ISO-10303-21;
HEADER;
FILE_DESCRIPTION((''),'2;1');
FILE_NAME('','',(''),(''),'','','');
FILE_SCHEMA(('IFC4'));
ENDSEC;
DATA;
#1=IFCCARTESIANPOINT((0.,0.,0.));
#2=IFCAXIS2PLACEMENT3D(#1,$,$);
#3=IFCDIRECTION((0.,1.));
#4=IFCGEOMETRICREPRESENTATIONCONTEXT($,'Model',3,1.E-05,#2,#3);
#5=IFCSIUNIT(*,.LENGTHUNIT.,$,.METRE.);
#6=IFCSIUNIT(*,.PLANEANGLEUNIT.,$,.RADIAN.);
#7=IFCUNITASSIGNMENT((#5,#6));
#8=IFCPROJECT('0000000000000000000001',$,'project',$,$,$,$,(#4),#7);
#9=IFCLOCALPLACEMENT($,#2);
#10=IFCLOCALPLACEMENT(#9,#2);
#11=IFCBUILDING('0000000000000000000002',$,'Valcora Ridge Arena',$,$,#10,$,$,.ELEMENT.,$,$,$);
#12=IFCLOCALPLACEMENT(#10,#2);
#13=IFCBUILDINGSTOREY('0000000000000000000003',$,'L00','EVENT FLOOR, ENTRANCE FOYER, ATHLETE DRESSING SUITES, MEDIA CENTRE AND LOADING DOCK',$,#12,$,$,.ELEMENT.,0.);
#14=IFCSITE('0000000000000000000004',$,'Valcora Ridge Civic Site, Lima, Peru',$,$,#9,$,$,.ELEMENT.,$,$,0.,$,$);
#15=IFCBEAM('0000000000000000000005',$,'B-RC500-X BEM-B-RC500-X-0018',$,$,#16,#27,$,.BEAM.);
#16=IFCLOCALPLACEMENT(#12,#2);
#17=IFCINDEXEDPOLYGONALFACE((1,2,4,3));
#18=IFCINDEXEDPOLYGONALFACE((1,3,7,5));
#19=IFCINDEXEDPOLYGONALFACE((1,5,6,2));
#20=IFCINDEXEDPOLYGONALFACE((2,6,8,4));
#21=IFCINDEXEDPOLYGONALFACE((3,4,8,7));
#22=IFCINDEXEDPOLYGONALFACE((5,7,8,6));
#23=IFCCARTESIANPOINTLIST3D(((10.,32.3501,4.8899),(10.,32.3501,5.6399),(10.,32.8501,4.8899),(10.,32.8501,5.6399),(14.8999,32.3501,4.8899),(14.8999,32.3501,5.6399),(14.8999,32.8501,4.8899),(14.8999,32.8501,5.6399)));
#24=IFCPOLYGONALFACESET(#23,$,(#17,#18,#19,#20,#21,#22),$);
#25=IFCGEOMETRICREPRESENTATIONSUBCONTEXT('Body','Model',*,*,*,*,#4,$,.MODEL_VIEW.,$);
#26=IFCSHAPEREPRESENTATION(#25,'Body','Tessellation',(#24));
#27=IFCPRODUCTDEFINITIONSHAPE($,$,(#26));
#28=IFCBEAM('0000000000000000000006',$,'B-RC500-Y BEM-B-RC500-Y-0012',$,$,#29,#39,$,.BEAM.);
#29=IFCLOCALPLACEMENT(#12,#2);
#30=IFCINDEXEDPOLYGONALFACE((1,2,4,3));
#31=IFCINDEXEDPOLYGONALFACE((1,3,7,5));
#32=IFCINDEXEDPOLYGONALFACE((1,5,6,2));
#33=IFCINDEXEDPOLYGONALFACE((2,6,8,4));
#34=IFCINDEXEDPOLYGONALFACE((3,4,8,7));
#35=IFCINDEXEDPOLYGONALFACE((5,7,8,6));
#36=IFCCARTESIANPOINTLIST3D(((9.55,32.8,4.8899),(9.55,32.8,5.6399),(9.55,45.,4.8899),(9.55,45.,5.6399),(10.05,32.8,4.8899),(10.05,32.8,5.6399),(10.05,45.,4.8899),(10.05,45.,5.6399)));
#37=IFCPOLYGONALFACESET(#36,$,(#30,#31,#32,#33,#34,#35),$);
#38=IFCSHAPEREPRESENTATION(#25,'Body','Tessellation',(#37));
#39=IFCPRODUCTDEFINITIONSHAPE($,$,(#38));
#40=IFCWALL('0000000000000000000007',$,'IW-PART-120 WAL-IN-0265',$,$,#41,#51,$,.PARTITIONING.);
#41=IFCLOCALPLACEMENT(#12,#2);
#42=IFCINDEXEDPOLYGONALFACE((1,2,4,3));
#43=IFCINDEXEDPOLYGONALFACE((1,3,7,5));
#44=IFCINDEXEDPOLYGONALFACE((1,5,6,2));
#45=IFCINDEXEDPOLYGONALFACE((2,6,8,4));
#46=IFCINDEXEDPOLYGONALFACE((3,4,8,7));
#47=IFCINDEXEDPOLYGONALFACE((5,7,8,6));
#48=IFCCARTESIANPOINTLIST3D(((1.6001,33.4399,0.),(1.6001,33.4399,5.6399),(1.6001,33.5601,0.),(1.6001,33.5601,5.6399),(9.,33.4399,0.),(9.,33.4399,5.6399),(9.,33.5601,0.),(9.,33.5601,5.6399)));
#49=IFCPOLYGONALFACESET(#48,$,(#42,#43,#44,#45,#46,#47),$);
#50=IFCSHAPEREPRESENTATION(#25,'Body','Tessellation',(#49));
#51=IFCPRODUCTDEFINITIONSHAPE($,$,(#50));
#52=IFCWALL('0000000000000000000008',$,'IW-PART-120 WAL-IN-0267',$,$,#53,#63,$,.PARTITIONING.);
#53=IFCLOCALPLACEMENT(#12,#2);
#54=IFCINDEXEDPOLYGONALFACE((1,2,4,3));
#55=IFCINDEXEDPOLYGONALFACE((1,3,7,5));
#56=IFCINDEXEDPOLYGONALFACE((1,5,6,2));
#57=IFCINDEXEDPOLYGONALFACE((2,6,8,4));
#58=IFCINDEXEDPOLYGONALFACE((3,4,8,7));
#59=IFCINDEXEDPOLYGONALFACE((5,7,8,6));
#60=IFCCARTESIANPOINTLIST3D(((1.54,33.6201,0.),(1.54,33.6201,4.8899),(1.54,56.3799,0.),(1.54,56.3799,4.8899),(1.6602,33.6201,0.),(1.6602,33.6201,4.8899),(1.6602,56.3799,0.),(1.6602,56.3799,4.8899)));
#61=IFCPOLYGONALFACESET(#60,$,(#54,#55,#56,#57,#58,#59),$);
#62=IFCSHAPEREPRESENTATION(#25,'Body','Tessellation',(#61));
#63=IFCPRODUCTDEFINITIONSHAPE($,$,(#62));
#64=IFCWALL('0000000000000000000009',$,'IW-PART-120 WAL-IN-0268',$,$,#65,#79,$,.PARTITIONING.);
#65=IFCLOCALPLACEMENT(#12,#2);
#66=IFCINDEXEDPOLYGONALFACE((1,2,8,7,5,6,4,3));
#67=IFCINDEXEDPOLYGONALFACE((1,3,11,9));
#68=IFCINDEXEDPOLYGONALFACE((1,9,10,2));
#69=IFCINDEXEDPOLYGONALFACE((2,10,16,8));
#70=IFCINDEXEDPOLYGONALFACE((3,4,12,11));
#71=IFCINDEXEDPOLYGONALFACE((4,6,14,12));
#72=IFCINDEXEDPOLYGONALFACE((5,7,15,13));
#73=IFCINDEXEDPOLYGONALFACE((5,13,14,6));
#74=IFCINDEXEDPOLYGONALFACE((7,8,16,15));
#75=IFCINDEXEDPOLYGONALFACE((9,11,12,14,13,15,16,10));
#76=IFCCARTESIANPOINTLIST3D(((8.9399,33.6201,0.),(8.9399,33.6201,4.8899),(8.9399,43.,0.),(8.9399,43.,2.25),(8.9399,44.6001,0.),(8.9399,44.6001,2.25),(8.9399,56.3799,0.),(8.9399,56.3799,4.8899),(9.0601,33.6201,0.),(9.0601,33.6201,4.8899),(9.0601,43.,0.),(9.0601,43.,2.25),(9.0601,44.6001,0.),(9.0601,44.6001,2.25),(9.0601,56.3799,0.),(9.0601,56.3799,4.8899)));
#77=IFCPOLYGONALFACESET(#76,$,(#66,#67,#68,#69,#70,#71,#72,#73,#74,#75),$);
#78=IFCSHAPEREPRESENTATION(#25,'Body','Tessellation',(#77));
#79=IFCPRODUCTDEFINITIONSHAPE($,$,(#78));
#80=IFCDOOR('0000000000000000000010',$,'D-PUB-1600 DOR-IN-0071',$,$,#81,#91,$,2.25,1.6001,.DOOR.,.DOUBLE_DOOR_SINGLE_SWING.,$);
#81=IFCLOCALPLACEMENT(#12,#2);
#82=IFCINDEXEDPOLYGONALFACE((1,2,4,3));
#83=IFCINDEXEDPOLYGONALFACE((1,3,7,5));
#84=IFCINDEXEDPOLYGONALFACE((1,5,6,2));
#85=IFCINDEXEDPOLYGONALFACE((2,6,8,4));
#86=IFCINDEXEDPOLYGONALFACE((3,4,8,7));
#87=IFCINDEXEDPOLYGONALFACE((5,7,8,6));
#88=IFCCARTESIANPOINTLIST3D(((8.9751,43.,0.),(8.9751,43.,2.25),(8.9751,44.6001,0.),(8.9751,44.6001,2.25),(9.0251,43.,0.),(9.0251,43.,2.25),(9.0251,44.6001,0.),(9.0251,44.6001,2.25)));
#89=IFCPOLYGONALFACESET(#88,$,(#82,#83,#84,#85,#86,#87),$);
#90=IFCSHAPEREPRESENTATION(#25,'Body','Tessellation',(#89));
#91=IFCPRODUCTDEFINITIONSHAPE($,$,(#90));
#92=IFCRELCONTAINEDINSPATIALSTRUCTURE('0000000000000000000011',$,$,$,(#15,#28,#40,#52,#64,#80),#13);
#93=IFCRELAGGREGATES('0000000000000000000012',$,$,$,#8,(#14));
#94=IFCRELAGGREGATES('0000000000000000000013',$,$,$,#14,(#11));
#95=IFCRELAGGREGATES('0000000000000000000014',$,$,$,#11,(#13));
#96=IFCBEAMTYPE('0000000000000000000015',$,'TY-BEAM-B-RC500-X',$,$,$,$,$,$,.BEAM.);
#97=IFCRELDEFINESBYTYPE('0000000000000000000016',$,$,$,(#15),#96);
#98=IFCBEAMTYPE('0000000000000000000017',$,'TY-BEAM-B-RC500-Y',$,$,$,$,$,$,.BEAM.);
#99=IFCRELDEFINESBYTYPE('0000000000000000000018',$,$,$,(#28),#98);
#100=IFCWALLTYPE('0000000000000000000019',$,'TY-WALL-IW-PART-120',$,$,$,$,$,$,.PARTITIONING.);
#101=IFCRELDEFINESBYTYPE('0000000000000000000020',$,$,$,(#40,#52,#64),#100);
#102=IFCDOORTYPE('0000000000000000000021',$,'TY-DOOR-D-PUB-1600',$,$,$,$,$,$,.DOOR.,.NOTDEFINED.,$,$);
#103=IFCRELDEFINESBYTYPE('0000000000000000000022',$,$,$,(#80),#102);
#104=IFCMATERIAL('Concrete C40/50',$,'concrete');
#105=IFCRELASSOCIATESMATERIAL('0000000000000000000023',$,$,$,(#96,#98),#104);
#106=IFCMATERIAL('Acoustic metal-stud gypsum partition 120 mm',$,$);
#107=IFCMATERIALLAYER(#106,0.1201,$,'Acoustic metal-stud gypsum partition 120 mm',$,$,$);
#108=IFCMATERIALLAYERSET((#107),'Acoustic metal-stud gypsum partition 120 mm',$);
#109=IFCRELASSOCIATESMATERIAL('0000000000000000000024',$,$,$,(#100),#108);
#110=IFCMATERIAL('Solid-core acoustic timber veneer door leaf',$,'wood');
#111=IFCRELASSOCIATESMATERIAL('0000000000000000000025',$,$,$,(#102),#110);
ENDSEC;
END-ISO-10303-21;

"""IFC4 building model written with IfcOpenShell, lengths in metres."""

from ifc_helpers import new_model, si_unit, direction, frame, frame_2d, origin, origin_2d, place, context, subcontext, project, spatial, rectangle, extrude, material, layer, layer_set, material_profile, profile_set, type_object, element, fill, save


model = new_model("IFC4")

# Units and contexts
model_context = context("Model", 3, precision=1e-05, world=origin(), true_north=direction((0.0, 1.0)))
body_context = subcontext(model_context, "Body", "Model", "MODEL_VIEW")
ifc_project = project(units=[si_unit("LENGTHUNIT", "METRE"), si_unit("PLANEANGLEUNIT", "RADIAN")], contexts=[model_context])

# Site, building, storey
site_placement = place(None, origin())
site = spatial("IfcSite", under=ifc_project, at=site_placement, Name="Valcora Ridge Civic Site, Lima, Peru", CompositionType="ELEMENT", RefElevation=0.0)
building_placement = place(site_placement, origin())
building = spatial("IfcBuilding", under=site, at=building_placement, Name="Valcora Ridge Arena", CompositionType="ELEMENT")
storey_placement = place(building_placement, origin())
storey = spatial("IfcBuildingStorey", under=building, at=storey_placement, Name="L00", Description="EVENT FLOOR, ENTRANCE FOYER, ATHLETE DRESSING SUITES, MEDIA CENTRE AND LOADING DOCK", CompositionType="ELEMENT", Elevation=0.0)

# Shared definitions
ifc_material_1 = material(Name="Concrete C40/50", Category="concrete")

# Beams
ifc_material_profile_1 = material_profile(ifc_material_1, rectangle(XDim=0.5, YDim=0.75, at=origin_2d()), Name="RC 500x750")
ifc_profile_set_1 = profile_set([ifc_material_profile_1], Name="Concrete C40/50")
beam_type_1 = type_object("IfcBeamType", Name="TY-BEAM-B-RC500-X", PredefinedType="BEAM", material=ifc_profile_set_1)
beam_1_placement = place(storey_placement, frame((10.0, 32.6001, 5.2649), z_axis=(1.0, 0.0, 0.0), x_axis=(0.0, 1.0, 0.0)))
element("IfcBeam", 1, at=beam_1_placement, inside=storey, type_object=beam_type_1, Name="B-RC500-X BEM-B-RC500-X-0018", PredefinedType="BEAM", context=body_context, shape_type="SweptSolid", body=[
    extrude(rectangle(XDim=0.5, YDim=0.75, at=origin_2d()), origin(), (0.0, 0.0, 1.0), 4.8999),
])
ifc_material_profile_2 = material_profile(ifc_material_1, rectangle(XDim=0.5, YDim=0.75, at=origin_2d()), Name="RC 500x750")
ifc_profile_set_2 = profile_set([ifc_material_profile_2], Name="Concrete C40/50")
beam_type_2 = type_object("IfcBeamType", Name="TY-BEAM-B-RC500-Y", PredefinedType="BEAM", material=ifc_profile_set_2)
beam_2_placement = place(storey_placement, frame((9.8, 32.8, 5.2649), z_axis=(0.0, 1.0, 0.0), x_axis=(-1.0, 0.0, 0.0)))
element("IfcBeam", 2, at=beam_2_placement, inside=storey, type_object=beam_type_2, Name="B-RC500-Y BEM-B-RC500-Y-0012", PredefinedType="BEAM", context=body_context, shape_type="SweptSolid", body=[
    extrude(rectangle(XDim=0.5, YDim=0.75, at=origin_2d()), origin(), (0.0, 0.0, 1.0), 12.2),
])

# Walls
ifc_material_2 = material(Name="Acoustic metal-stud gypsum partition 120 mm")
ifc_layer_1 = layer(ifc_material_2, 0.1201, Name="Acoustic metal-stud gypsum partition 120 mm")
ifc_layer_set_1 = layer_set([ifc_layer_1], Name="Acoustic metal-stud gypsum partition 120 mm")
wall_type = type_object("IfcWallType", Name="TY-WALL-IW-PART-120", PredefinedType="PARTITIONING", material=ifc_layer_set_1)
wall_1_placement = place(storey_placement, frame((1.6001, 33.5, 0.0), z_axis=(0.0, 0.0, 1.0), x_axis=(1.0, 0.0, 0.0)))
element("IfcWall", 3, at=wall_1_placement, inside=storey, type_object=wall_type, Name="IW-PART-120 WAL-IN-0265", PredefinedType="PARTITIONING", context=body_context, shape_type="SweptSolid", body=[
    extrude(rectangle(XDim=7.3999, YDim=0.1201, at=frame_2d((3.7, 0.0))), origin(), (0.0, 0.0, 1.0), 5.6399),
])
wall_2_placement = place(storey_placement, frame((1.6001, 33.6201, 0.0), z_axis=(0.0, 0.0, 1.0), x_axis=(0.0, 1.0, 0.0)))
element("IfcWall", 4, at=wall_2_placement, inside=storey, type_object=wall_type, Name="IW-PART-120 WAL-IN-0267", PredefinedType="PARTITIONING", context=body_context, shape_type="SweptSolid", body=[
    extrude(rectangle(XDim=22.7598, YDim=0.1201, at=frame_2d((11.3799, 0.0))), origin(), (0.0, 0.0, 1.0), 4.8899),
])

# Wall, opening, door
wall_3_placement = place(storey_placement, frame((9.0, 33.6201, 0.0), z_axis=(0.0, 0.0, 1.0), x_axis=(0.0, 1.0, 0.0)))
wall_3 = element("IfcWall", 5, at=wall_3_placement, inside=storey, type_object=wall_type, Name="IW-PART-120 WAL-IN-0268", PredefinedType="PARTITIONING", context=body_context, shape_type="SweptSolid", body=[
    extrude(rectangle(XDim=22.7598, YDim=0.1201, at=frame_2d((11.3799, 0.0))), origin(), (0.0, 0.0, 1.0), 4.8899),
])
opening_placement = place(wall_3_placement, frame((9.3799, 0.0, 0.0)))
opening = element("IfcOpeningElement", 6, at=opening_placement, cuts=wall_3, PredefinedType="OPENING", context=body_context, shape_type="SweptSolid", body=[
    extrude(rectangle(XDim=1.6001, YDim=2.25, at=frame_2d((0.8, 1.125))), frame((0.0, 0.0701, 0.0), z_axis=(0.0, -1.0, 0.0), x_axis=(1.0, 0.0, 0.0)), (0.0, 0.0, 1.0), 0.1401),
])
ifc_material_3 = material(Name="Solid-core acoustic timber veneer door leaf", Category="wood")
door_type = type_object("IfcDoorType", Name="TY-DOOR-D-PUB-1600", OperationType="NOTDEFINED", PredefinedType="DOOR", material=ifc_material_3)
door_placement = place(opening_placement, origin())
door = element("IfcDoor", 7, at=door_placement, inside=storey, type_object=door_type, Name="D-PUB-1600 DOR-IN-0071", OperationType="DOUBLE_DOOR_SINGLE_SWING", OverallHeight=2.25, OverallWidth=1.6001, PredefinedType="DOOR", context=body_context, shape_type="SweptSolid", body=[
    extrude(rectangle(XDim=1.6001, YDim=2.25, at=frame_2d((0.8, 1.125))), frame((0.0, 0.0249, 0.0), z_axis=(0.0, -1.0, 0.0), x_axis=(1.0, 0.0, 0.0)), (0.0, 0.0, 1.0), 0.05),
])
fill(opening, door)

save(model, "model.ifc")
